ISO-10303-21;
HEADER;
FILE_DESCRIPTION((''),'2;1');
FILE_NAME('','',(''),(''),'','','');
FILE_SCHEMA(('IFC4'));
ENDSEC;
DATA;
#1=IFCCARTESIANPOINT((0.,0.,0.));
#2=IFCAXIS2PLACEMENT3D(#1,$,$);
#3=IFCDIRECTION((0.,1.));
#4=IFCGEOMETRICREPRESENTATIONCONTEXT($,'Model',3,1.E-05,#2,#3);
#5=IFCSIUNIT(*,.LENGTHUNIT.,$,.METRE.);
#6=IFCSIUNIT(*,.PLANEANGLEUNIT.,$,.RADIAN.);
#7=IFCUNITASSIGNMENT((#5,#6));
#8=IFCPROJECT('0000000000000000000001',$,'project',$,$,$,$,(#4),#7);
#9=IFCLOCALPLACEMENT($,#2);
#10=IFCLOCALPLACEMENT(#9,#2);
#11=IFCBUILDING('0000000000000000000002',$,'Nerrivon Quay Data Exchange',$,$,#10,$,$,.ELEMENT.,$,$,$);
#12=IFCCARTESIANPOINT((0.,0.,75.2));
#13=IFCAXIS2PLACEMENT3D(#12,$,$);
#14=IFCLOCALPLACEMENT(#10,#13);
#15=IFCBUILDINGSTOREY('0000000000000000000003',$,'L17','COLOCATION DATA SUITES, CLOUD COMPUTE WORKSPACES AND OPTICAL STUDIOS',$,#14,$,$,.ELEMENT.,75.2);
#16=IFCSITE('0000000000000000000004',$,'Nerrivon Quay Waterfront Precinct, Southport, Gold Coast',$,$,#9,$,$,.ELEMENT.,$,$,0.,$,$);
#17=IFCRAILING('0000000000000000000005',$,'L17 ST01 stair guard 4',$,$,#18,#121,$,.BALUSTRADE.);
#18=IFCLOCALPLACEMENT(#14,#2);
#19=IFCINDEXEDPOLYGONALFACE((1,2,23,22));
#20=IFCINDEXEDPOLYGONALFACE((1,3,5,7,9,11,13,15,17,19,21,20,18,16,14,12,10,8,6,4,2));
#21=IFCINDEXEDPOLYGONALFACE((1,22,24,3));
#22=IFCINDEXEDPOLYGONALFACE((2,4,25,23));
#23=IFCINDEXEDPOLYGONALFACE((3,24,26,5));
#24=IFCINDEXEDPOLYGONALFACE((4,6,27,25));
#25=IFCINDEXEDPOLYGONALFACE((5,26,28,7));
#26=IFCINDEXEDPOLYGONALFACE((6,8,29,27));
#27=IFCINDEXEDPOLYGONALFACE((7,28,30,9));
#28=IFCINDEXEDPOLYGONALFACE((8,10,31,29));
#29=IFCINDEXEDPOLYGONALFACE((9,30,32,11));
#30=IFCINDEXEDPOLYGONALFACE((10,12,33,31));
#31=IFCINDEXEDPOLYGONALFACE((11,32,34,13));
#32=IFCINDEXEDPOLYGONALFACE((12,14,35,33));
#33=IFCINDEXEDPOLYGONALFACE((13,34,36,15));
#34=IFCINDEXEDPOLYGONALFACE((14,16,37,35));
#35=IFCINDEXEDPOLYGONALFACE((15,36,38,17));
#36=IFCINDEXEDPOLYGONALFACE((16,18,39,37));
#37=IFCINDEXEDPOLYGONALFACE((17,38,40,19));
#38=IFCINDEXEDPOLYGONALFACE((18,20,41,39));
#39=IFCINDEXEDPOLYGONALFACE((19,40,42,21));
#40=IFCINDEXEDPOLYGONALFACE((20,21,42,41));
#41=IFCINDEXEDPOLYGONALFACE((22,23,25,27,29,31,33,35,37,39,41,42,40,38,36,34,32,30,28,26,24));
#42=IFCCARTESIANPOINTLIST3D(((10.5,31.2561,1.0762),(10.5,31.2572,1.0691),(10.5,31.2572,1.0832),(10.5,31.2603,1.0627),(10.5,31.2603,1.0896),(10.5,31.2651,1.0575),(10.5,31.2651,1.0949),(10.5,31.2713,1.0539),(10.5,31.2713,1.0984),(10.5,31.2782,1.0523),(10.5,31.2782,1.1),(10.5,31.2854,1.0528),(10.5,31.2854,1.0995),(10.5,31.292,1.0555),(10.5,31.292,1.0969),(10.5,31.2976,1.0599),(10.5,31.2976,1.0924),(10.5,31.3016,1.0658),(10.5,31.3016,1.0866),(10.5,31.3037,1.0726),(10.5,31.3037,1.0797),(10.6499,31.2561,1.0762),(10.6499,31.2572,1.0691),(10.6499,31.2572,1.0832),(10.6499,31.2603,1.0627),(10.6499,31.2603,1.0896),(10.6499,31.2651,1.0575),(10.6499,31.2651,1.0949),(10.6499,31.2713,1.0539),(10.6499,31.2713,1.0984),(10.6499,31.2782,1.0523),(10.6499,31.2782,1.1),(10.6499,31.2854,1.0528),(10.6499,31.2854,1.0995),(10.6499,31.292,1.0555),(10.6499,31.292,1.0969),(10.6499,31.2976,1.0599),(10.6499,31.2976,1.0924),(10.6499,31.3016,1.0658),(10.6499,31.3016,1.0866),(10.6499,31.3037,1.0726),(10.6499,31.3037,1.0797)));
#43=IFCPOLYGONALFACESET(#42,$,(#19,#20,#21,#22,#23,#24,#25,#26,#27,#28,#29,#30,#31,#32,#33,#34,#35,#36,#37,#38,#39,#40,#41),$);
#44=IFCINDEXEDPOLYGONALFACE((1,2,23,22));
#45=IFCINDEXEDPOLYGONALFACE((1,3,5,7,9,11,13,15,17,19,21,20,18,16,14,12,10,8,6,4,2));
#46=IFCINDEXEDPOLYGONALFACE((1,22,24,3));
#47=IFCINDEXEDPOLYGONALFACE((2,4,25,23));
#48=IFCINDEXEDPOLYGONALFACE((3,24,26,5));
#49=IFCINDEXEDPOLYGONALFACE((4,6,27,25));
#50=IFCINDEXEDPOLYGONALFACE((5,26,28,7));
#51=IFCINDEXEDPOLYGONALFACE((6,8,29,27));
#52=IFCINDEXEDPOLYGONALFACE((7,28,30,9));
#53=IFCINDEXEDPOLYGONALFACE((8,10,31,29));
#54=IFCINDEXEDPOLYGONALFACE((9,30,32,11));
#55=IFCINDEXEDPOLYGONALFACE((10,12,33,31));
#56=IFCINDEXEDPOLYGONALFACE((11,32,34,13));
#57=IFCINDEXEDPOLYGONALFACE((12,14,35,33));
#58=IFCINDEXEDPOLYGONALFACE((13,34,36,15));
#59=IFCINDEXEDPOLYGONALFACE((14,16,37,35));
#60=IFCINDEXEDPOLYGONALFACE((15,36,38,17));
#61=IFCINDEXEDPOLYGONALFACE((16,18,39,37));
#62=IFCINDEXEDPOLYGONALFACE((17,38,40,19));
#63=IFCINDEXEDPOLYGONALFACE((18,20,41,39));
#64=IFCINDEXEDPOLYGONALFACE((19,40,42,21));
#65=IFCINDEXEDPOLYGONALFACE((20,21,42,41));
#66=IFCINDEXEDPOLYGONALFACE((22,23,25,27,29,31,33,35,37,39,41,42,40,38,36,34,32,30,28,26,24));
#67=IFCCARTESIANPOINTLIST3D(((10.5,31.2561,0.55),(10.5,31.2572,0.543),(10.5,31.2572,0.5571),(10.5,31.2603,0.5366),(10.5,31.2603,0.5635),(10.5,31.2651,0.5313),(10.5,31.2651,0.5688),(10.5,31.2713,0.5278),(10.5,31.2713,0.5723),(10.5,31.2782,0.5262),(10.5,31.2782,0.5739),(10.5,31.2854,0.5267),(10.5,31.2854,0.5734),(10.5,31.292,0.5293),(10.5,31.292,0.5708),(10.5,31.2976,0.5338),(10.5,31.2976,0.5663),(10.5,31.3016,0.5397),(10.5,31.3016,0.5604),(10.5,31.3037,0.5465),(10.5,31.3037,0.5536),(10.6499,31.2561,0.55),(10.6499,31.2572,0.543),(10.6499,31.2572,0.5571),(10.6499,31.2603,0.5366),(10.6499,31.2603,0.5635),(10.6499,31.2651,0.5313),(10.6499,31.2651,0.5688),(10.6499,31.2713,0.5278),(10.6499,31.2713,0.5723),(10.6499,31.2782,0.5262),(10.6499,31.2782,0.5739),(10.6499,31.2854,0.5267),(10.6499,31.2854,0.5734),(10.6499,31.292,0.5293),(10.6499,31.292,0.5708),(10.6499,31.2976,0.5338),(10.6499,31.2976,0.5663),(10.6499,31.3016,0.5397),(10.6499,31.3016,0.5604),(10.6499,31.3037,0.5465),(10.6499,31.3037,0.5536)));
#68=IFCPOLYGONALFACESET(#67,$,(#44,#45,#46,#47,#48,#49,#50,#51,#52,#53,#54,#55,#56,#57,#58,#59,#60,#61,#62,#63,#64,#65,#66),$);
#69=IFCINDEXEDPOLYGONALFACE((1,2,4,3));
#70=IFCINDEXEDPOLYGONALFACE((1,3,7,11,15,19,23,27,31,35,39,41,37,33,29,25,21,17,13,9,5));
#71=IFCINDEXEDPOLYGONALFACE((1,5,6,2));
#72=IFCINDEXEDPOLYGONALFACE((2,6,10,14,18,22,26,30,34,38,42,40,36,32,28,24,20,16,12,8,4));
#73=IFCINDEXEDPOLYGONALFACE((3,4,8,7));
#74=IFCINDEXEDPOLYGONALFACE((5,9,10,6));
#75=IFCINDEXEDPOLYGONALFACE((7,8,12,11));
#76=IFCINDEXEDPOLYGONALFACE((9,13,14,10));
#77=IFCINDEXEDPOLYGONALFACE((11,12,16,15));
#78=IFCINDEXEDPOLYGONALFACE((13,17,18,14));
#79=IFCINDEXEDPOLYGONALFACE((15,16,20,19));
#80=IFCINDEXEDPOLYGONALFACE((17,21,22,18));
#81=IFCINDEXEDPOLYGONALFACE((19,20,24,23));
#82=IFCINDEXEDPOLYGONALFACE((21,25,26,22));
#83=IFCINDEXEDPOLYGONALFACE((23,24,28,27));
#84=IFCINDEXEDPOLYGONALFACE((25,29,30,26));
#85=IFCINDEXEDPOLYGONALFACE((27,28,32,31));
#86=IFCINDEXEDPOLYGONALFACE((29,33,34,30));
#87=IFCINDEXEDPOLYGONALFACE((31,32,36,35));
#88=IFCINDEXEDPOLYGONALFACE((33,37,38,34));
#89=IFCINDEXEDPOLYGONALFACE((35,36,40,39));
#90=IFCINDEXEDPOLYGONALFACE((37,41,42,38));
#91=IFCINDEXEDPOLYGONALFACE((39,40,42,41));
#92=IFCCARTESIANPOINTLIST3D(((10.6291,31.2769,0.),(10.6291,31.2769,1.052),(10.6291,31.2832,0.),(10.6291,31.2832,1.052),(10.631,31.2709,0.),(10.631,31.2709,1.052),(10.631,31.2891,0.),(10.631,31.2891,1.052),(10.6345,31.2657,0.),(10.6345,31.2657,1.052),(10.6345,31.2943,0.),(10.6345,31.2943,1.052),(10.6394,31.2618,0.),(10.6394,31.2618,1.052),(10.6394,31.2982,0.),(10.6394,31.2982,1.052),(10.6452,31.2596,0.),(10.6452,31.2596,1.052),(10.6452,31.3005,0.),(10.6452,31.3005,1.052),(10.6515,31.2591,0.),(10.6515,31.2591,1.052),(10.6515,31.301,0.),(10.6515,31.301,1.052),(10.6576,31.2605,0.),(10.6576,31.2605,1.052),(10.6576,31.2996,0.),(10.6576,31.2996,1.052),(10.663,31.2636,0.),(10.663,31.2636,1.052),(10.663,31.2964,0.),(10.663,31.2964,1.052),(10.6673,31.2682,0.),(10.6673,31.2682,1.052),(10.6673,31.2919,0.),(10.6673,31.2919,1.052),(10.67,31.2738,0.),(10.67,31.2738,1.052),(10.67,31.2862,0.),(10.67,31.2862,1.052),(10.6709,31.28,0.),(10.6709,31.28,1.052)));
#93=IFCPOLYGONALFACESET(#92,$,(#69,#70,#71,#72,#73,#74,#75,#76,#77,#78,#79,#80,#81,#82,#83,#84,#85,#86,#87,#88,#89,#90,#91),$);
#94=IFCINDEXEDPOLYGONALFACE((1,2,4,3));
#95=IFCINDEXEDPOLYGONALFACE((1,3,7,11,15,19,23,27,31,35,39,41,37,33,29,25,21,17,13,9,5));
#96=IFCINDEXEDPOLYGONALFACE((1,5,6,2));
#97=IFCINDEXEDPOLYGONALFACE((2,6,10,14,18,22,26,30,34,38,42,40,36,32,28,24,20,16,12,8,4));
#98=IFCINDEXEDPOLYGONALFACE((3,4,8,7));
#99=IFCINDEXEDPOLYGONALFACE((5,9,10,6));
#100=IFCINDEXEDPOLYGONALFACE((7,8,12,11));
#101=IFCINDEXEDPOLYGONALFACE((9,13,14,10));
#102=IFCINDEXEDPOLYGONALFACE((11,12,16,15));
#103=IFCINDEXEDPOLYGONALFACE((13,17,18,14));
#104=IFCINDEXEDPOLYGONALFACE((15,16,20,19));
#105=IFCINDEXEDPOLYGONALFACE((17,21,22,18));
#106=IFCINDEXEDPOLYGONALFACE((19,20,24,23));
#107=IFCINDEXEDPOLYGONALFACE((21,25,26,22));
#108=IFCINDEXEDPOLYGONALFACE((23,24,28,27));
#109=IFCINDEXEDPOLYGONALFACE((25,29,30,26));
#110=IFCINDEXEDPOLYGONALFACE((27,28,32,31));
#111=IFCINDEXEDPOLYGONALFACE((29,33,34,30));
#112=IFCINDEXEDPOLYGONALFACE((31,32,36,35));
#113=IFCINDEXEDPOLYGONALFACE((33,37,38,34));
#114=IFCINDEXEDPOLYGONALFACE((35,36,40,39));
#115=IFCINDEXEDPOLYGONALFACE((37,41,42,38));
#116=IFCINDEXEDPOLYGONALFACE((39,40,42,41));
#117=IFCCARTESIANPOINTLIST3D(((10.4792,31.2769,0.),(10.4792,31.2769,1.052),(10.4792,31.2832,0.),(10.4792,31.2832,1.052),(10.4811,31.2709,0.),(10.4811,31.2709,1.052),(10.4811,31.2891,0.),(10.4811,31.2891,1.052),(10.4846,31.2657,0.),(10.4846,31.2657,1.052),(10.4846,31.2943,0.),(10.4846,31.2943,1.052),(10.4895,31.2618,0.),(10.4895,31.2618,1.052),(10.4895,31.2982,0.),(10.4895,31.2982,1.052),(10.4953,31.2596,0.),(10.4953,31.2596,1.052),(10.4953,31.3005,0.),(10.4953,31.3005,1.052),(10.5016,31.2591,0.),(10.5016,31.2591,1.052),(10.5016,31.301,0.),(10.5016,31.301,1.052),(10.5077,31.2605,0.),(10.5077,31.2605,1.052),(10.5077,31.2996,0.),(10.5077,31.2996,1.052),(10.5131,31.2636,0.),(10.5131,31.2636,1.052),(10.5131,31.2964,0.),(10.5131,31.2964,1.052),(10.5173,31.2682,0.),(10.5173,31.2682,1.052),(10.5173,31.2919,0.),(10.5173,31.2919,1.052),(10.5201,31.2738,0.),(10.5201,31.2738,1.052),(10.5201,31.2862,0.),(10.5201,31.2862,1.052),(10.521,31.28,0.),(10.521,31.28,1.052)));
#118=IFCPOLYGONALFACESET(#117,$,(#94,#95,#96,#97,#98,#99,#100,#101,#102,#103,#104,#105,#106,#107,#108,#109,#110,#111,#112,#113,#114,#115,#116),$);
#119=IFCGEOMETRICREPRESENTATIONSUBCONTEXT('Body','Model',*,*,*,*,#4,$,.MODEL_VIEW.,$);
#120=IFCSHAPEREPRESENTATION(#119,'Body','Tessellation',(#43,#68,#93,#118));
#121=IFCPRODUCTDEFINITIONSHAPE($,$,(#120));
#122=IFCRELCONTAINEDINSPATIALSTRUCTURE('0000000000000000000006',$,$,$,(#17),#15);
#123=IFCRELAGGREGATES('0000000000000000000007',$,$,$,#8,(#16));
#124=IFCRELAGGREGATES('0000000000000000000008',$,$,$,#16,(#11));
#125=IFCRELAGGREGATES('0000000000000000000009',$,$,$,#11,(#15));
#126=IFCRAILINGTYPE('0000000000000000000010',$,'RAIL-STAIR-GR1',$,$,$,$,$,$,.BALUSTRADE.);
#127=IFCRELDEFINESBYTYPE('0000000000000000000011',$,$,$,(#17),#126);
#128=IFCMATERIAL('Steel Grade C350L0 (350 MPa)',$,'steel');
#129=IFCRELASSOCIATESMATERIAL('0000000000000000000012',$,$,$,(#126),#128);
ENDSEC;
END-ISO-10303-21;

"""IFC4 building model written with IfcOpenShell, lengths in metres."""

from ifc_helpers import new_model, si_unit, direction, frame, origin, origin_2d, place, context, subcontext, project, spatial, circle, extrude, material, type_object, element, save


model = new_model("IFC4")

# Units and contexts
model_context = context("Model", 3, precision=1e-05, world=origin(), true_north=direction((0.0, 1.0)))
body_context = subcontext(model_context, "Body", "Model", "MODEL_VIEW")
ifc_project = project(units=[si_unit("LENGTHUNIT", "METRE"), si_unit("PLANEANGLEUNIT", "RADIAN")], contexts=[model_context])

# Site, building, storey
site_placement = place(None, origin())
site = spatial("IfcSite", under=ifc_project, at=site_placement, Name="Nerrivon Quay Waterfront Precinct, Southport, Gold Coast", CompositionType="ELEMENT", RefElevation=0.0)
building_placement = place(site_placement, origin())
building = spatial("IfcBuilding", under=site, at=building_placement, Name="Nerrivon Quay Data Exchange", CompositionType="ELEMENT")
storey_placement = place(building_placement, frame((0.0, 0.0, 75.2)))
storey = spatial("IfcBuildingStorey", under=building, at=storey_placement, Name="L17", Description="COLOCATION DATA SUITES, CLOUD COMPUTE WORKSPACES AND OPTICAL STUDIOS", CompositionType="ELEMENT", Elevation=75.2)

# Railing
ifc_material_1 = material(Name="Steel Grade C350L0 (350 MPa)", Category="steel")
railing_type_1 = type_object("IfcRailingType", Name="RAIL-STAIR-GR1", PredefinedType="BALUSTRADE", material=ifc_material_1)
railing_1_placement = place(storey_placement, frame((10.6499, 31.28, 0.0)))
element("IfcRailing", 1, at=railing_1_placement, inside=storey, type_object=railing_type_1, Name="L17 ST01 stair guard 4", PredefinedType="BALUSTRADE", context=body_context, shape_type="SweptSolid", body=[
    extrude(circle(Radius=0.0239, at=origin_2d()), frame((0.0, 0.0, 1.0762), z_axis=(-1.0, 0.0, 0.0), x_axis=(0.0, -1.0, 0.0)), (0.0, 0.0, 1.0), 0.1499),
    extrude(circle(Radius=0.0239, at=origin_2d()), frame((0.0, 0.0, 0.55), z_axis=(-1.0, 0.0, 0.0), x_axis=(0.0, -1.0, 0.0)), (0.0, 0.0, 1.0), 0.1499),
    extrude(circle(Radius=0.021, at=origin_2d()), origin(), (0.0, 0.0, 1.0), 1.052),
    extrude(circle(Radius=0.021, at=origin_2d()), frame((-0.1499, 0.0, 0.0)), (0.0, 0.0, 1.0), 1.052),
])

save(model, "model.ifc")
